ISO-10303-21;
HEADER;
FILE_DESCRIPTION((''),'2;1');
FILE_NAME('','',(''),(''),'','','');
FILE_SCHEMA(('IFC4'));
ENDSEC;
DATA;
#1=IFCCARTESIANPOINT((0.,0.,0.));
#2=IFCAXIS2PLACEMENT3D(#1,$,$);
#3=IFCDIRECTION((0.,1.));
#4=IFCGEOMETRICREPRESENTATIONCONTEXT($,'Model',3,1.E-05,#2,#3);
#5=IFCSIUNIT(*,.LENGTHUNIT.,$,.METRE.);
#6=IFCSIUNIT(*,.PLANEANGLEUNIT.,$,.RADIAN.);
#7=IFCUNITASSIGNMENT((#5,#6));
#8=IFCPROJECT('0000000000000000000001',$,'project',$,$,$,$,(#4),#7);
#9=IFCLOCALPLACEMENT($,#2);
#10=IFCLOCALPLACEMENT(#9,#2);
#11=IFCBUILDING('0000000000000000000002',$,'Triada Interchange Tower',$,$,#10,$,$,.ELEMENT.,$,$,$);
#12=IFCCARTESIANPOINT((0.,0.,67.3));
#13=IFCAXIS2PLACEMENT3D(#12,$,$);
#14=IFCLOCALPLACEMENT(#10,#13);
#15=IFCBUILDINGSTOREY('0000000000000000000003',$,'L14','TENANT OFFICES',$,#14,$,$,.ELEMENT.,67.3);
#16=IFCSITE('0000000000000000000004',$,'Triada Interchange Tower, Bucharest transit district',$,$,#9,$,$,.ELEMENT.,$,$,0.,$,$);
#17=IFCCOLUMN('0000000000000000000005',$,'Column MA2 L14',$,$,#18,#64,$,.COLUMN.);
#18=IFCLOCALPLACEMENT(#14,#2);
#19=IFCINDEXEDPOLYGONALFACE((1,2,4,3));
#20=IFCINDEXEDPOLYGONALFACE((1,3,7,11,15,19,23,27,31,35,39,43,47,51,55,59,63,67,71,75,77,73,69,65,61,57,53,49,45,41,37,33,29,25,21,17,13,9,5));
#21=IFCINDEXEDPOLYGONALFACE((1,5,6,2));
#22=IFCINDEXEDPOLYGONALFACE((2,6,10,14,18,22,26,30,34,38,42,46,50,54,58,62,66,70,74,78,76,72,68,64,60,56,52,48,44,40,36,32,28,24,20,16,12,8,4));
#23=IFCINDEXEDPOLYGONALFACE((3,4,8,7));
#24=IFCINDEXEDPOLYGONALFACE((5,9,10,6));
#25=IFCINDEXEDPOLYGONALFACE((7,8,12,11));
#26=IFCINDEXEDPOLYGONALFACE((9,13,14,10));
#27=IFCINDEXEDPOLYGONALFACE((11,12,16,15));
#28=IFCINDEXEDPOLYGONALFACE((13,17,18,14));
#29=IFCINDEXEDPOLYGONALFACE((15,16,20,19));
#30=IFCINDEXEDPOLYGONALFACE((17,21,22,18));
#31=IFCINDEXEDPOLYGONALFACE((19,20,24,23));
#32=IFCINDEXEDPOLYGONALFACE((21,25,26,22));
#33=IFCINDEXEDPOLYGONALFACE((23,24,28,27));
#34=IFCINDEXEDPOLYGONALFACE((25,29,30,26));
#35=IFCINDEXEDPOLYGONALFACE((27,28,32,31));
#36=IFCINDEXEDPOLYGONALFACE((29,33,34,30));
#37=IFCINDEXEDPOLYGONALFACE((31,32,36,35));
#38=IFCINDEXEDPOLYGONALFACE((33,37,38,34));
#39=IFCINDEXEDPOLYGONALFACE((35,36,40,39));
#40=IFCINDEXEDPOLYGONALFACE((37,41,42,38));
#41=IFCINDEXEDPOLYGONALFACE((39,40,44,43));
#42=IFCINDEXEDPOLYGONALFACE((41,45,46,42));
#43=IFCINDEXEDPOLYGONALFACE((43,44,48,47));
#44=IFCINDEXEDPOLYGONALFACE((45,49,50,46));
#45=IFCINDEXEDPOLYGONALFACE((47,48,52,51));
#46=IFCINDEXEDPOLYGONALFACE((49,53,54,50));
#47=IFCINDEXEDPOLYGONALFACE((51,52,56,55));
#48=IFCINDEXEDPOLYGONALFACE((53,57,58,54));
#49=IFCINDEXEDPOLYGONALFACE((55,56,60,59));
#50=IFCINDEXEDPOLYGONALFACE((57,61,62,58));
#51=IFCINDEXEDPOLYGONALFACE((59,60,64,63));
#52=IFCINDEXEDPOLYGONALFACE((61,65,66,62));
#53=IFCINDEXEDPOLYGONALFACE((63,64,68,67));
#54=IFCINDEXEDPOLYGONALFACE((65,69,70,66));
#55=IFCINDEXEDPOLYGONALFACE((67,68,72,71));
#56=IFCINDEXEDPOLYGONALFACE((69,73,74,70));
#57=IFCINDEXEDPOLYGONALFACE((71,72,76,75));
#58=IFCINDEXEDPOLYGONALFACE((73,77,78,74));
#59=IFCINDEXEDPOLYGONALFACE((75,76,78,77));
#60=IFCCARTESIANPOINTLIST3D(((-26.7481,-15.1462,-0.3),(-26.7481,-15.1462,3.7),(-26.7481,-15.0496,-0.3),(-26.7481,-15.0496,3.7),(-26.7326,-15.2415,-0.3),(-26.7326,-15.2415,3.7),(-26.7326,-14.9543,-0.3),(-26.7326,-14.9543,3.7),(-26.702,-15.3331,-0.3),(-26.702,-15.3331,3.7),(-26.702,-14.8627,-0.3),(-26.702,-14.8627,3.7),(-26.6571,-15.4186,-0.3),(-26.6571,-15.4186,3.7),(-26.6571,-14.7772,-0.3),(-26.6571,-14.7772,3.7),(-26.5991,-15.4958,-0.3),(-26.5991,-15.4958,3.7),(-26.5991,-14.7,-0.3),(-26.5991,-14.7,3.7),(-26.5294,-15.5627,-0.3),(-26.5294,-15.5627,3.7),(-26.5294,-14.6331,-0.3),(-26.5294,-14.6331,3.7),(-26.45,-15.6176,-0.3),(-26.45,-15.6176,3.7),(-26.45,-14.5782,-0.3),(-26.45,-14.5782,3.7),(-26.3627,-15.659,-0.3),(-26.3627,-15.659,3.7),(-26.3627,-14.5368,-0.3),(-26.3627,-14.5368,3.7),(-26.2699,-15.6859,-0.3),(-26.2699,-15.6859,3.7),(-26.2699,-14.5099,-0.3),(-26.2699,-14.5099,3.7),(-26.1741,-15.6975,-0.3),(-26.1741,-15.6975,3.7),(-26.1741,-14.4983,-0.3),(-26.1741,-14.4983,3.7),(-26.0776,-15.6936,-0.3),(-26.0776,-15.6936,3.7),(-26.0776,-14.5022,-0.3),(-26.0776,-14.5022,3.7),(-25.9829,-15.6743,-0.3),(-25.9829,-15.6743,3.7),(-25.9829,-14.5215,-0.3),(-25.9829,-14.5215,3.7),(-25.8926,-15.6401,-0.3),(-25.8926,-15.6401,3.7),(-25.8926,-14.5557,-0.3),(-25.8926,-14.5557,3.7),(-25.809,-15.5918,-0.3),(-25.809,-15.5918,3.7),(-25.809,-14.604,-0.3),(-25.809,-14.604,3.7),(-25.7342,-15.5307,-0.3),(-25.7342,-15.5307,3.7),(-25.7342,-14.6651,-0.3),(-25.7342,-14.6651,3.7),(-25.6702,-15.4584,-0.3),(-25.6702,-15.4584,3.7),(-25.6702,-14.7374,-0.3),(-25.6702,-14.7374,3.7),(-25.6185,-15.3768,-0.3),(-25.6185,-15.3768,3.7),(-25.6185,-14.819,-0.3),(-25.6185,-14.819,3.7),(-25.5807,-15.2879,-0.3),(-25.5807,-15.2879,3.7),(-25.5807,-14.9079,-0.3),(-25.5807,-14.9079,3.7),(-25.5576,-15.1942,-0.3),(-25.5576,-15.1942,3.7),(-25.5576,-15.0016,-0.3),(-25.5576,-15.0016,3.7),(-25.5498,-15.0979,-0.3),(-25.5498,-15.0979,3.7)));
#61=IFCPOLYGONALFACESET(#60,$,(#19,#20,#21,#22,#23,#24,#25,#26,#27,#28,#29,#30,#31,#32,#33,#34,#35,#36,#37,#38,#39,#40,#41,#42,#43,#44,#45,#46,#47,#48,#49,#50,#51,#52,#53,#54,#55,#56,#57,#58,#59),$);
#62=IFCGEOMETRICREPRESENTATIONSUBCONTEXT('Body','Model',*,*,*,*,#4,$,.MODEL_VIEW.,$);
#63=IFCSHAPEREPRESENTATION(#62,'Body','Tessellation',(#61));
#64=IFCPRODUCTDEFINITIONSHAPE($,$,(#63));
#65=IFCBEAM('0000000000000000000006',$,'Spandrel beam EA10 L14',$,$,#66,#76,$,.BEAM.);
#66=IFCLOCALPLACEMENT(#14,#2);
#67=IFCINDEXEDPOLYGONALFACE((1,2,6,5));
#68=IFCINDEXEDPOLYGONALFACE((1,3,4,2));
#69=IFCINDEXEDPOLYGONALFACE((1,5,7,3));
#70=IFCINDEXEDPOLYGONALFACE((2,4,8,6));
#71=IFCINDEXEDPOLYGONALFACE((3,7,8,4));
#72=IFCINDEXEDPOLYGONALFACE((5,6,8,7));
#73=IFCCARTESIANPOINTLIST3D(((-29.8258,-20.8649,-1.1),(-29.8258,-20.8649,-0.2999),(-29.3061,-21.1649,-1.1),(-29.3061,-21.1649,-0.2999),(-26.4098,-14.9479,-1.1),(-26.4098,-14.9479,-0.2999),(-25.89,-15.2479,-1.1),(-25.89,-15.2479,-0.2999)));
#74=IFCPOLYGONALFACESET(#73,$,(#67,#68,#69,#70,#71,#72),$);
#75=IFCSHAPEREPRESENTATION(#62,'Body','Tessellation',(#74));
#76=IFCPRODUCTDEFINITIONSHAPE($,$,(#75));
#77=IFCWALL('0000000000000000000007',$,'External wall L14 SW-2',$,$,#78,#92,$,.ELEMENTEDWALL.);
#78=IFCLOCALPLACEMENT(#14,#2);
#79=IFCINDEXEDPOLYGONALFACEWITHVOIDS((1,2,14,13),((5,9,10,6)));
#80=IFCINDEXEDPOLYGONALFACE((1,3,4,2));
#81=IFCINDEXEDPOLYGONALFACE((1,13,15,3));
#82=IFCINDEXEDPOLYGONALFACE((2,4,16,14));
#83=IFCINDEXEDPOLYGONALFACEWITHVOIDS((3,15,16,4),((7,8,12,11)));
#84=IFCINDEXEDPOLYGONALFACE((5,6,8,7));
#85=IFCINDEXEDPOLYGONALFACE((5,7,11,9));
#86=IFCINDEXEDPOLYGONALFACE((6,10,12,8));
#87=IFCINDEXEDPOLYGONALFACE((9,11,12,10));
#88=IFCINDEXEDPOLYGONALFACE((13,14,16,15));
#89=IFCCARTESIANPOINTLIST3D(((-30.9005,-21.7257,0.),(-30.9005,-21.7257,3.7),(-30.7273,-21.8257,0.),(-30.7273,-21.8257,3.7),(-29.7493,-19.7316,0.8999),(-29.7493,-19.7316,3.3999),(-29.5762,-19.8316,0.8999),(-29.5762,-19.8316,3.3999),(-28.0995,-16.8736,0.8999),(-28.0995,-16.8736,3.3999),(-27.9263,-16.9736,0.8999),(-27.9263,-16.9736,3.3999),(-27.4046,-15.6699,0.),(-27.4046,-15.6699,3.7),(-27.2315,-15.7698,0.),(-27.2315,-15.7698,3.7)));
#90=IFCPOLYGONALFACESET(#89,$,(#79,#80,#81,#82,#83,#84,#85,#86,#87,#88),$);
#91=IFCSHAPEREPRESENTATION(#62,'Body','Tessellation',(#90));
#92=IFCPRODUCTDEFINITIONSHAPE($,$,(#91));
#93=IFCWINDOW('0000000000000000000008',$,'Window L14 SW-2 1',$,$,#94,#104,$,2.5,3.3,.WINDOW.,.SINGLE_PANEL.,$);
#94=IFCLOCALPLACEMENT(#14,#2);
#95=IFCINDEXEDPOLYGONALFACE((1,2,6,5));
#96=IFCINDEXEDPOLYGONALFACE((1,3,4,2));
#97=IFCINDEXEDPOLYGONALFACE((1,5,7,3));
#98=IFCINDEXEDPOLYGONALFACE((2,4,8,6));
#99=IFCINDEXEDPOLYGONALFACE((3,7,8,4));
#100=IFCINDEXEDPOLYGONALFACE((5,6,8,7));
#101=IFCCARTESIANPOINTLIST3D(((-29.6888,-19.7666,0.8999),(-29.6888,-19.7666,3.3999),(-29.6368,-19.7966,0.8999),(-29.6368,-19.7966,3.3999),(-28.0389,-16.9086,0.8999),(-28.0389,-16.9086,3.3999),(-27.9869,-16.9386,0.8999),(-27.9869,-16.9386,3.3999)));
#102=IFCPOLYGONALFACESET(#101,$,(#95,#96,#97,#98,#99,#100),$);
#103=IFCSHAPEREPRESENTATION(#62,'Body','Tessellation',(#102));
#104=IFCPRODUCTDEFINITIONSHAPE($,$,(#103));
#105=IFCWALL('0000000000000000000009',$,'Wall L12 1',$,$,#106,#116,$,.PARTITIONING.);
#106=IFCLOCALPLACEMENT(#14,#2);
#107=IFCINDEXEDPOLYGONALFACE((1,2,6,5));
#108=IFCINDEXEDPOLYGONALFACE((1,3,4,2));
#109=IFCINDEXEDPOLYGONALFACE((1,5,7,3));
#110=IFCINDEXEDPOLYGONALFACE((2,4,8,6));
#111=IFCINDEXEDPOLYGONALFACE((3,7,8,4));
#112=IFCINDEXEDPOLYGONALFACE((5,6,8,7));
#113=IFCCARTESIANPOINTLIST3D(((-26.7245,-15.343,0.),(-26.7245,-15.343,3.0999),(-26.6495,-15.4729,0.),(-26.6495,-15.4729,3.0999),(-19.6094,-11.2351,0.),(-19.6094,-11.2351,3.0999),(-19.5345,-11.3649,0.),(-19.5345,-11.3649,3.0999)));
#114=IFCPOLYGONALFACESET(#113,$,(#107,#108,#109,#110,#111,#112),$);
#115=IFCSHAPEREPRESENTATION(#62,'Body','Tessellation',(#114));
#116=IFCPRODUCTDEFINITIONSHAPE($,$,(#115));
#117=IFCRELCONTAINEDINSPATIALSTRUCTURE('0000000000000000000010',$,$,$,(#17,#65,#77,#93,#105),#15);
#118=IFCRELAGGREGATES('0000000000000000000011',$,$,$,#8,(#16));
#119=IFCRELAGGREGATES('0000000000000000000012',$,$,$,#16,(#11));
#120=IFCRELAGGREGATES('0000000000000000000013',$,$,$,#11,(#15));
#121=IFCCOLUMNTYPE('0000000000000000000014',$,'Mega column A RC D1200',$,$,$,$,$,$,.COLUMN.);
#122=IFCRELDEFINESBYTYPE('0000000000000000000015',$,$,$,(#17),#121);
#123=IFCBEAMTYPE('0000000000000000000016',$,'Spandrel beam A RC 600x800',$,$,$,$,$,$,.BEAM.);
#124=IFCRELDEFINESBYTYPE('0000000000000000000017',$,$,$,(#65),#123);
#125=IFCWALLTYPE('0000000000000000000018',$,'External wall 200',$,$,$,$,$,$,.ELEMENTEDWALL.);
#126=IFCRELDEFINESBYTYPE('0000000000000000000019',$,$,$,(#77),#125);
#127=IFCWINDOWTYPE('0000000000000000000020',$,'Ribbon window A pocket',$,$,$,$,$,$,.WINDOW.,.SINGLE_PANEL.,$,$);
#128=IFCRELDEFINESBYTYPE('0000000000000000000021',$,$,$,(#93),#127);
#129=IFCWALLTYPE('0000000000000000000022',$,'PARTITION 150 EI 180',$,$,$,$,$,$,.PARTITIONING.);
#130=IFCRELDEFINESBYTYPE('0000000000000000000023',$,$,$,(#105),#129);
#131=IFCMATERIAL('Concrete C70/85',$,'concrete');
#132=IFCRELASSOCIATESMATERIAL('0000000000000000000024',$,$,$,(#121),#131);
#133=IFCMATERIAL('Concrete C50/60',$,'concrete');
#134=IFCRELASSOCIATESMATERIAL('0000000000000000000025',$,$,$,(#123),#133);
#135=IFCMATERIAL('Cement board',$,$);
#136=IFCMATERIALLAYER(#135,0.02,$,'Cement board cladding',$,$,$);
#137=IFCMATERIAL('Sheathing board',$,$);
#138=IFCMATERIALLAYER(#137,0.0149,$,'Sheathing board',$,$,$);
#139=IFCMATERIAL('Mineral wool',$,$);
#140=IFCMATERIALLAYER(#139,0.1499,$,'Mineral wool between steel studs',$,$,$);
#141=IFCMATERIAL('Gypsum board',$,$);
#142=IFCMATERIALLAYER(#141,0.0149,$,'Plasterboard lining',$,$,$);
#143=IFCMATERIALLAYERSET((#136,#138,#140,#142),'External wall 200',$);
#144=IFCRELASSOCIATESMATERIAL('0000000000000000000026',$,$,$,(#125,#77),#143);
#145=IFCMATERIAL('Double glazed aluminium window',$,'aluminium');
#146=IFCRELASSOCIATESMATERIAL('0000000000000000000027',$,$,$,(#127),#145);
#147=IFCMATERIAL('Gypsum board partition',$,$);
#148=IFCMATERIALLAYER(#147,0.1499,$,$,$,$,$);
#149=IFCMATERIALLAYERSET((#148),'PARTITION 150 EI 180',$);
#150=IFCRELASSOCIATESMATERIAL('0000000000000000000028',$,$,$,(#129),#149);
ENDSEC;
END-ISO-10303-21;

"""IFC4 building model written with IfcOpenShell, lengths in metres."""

from ifc_helpers import new_model, si_unit, direction, frame, frame_2d, origin, origin_2d, place, context, subcontext, project, spatial, rectangle, circle, extrude, material, layer, layer_set, layer_usage, material_profile, profile_set, type_object, element, fill, save


model = new_model("IFC4")

# Units and contexts
model_context = context("Model", 3, precision=1e-05, world=origin(), true_north=direction((0.0, 1.0)))
body_context = subcontext(model_context, "Body", "Model", "MODEL_VIEW")
ifc_project = project(units=[si_unit("LENGTHUNIT", "METRE"), si_unit("PLANEANGLEUNIT", "RADIAN")], contexts=[model_context])

# Site, building, storey
site_placement = place(None, origin())
site = spatial("IfcSite", under=ifc_project, at=site_placement, Name="Triada Interchange Tower, Bucharest transit district", CompositionType="ELEMENT", RefElevation=0.0)
building_placement = place(site_placement, origin())
building = spatial("IfcBuilding", under=site, at=building_placement, Name="Triada Interchange Tower", CompositionType="ELEMENT")
storey_placement = place(building_placement, frame((0.0, 0.0, 67.3)))
storey = spatial("IfcBuildingStorey", under=building, at=storey_placement, Name="L14", Description="TENANT OFFICES", CompositionType="ELEMENT", Elevation=67.3)

# Column
ifc_material_1 = material(Name="Concrete C70/85", Category="concrete")
ifc_material_profile_1 = material_profile(ifc_material_1, circle(Radius=0.6001, at=origin_2d()), Name="RC D1200")
ifc_profile_set_1 = profile_set([ifc_material_profile_1], Name="Concrete C70/85")
column_type = type_object("IfcColumnType", Name="Mega column A RC D1200", PredefinedType="COLUMN", material=ifc_profile_set_1)
column_placement = place(storey_placement, frame((-26.1499, -15.0979, -0.3), z_axis=(0.0, 0.0, 1.0), x_axis=(1.0, 0.0, 0.0)))
element("IfcColumn", 1, at=column_placement, inside=storey, type_object=column_type, Name="Column MA2 L14", PredefinedType="COLUMN", context=body_context, shape_type="SweptSolid", body=[
    extrude(circle(Radius=0.6001, at=origin_2d()), origin(), (0.0, 0.0, 1.0), 4.0),
])

# Beam
ifc_material_2 = material(Name="Concrete C50/60", Category="concrete")
ifc_material_profile_2 = material_profile(ifc_material_2, rectangle(XDim=0.6001, YDim=0.8, at=origin_2d()), Name="RC 600x800")
ifc_profile_set_2 = profile_set([ifc_material_profile_2], Name="Concrete C50/60")
beam_type = type_object("IfcBeamType", Name="Spandrel beam A RC 600x800", PredefinedType="BEAM", material=ifc_profile_set_2)
beam_placement = place(storey_placement, frame((-26.1499, -15.0979, -0.7), z_axis=(-0.499982, -0.866036, 0.0), x_axis=(0.866036, -0.499982, 0.0)))
element("IfcBeam", 2, at=beam_placement, inside=storey, type_object=beam_type, Name="Spandrel beam EA10 L14", PredefinedType="BEAM", context=body_context, shape_type="SweptSolid", body=[
    extrude(rectangle(XDim=0.6001, YDim=0.8, at=origin_2d()), origin(), (0.0, 0.0, 1.0), 6.8323),
])

# Wall, opening, window
ifc_material_3 = material(Name="Cement board")
ifc_layer_1 = layer(ifc_material_3, 0.02, Name="Cement board cladding")
ifc_material_4 = material(Name="Sheathing board")
ifc_layer_2 = layer(ifc_material_4, 0.0149, Name="Sheathing board")
ifc_material_5 = material(Name="Mineral wool")
ifc_layer_3 = layer(ifc_material_5, 0.1499, Name="Mineral wool between steel studs")
ifc_material_6 = material(Name="Gypsum board")
ifc_layer_4 = layer(ifc_material_6, 0.0149, Name="Plasterboard lining")
ifc_layer_set_1 = layer_set([ifc_layer_1, ifc_layer_2, ifc_layer_3, ifc_layer_4], Name="External wall 200")
ifc_layer_usage = layer_usage(ifc_layer_set_1, "AXIS2", "POSITIVE", -0.1001)
wall_type_1 = type_object("IfcWallType", Name="External wall 200", PredefinedType="ELEMENTEDWALL", material=ifc_layer_set_1)
wall_1_placement = place(storey_placement, frame((-27.3181, -15.72, 0.0), z_axis=(0.0, 0.0, 1.0), x_axis=(-0.499943, -0.866058, 0.0)))
wall_1 = element("IfcWall", 3, at=wall_1_placement, inside=storey, type_object=wall_type_1, material=ifc_layer_usage, Name="External wall L14 SW-2", PredefinedType="ELEMENTEDWALL", context=body_context, shape_type="SweptSolid", body=[
    extrude(rectangle(XDim=6.9924, YDim=0.2, at=frame_2d((3.4961, 0.0))), origin(), (0.0, 0.0, 1.0), 3.7),
])
opening_placement = place(wall_1_placement, frame((1.3899, 0.0, 0.8999)))
opening = element("IfcOpeningElement", 4, at=opening_placement, cuts=wall_1, PredefinedType="OPENING", context=body_context, shape_type="SweptSolid", body=[
    extrude(rectangle(XDim=3.3, YDim=2.5, at=frame_2d((1.6499, 1.25))), frame((0.0, 0.1099, 0.0), z_axis=(0.0, -1.0, 0.0), x_axis=(1.0, 0.0, 0.0)), (0.0, 0.0, 1.0), 0.22),
])
ifc_material_7 = material(Name="Double glazed aluminium window", Category="aluminium")
window_type = type_object("IfcWindowType", Name="Ribbon window A pocket", PartitioningType="SINGLE_PANEL", PredefinedType="WINDOW", material=ifc_material_7)
window_placement = place(opening_placement, origin())
window = element("IfcWindow", 5, at=window_placement, inside=storey, type_object=window_type, Name="Window L14 SW-2 1", OverallHeight=2.5, OverallWidth=3.3, PartitioningType="SINGLE_PANEL", PredefinedType="WINDOW", context=body_context, shape_type="SweptSolid", body=[
    extrude(rectangle(XDim=3.3, YDim=2.5, at=frame_2d((1.6499, 1.25))), frame((0.0, 0.03, 0.0), z_axis=(0.0, -1.0, 0.0), x_axis=(1.0, 0.0, 0.0)), (0.0, 0.0, 1.0), 0.0601),
])
fill(opening, window)

# Wall
ifc_material_8 = material(Name="Gypsum board partition")
ifc_layer_5 = layer(ifc_material_8, 0.1499)
ifc_layer_set_2 = layer_set([ifc_layer_5], Name="PARTITION 150 EI 180")
wall_type_2 = type_object("IfcWallType", Name="PARTITION 150 EI 180", PredefinedType="PARTITIONING", material=ifc_layer_set_2)
wall_2_placement = place(storey_placement, frame((-26.687, -15.408, 0.0), z_axis=(0.0, 0.0, 1.0), x_axis=(0.866022, 0.500006, 0.0)))
element("IfcWall", 6, at=wall_2_placement, inside=storey, type_object=wall_type_2, Name="Wall L12 1", PredefinedType="PARTITIONING", context=body_context, shape_type="SweptSolid", body=[
    extrude(rectangle(XDim=8.2158, YDim=0.1499, at=frame_2d((4.1079, 0.0))), origin(), (0.0, 0.0, 1.0), 3.0999),
])

save(model, "model.ifc")
